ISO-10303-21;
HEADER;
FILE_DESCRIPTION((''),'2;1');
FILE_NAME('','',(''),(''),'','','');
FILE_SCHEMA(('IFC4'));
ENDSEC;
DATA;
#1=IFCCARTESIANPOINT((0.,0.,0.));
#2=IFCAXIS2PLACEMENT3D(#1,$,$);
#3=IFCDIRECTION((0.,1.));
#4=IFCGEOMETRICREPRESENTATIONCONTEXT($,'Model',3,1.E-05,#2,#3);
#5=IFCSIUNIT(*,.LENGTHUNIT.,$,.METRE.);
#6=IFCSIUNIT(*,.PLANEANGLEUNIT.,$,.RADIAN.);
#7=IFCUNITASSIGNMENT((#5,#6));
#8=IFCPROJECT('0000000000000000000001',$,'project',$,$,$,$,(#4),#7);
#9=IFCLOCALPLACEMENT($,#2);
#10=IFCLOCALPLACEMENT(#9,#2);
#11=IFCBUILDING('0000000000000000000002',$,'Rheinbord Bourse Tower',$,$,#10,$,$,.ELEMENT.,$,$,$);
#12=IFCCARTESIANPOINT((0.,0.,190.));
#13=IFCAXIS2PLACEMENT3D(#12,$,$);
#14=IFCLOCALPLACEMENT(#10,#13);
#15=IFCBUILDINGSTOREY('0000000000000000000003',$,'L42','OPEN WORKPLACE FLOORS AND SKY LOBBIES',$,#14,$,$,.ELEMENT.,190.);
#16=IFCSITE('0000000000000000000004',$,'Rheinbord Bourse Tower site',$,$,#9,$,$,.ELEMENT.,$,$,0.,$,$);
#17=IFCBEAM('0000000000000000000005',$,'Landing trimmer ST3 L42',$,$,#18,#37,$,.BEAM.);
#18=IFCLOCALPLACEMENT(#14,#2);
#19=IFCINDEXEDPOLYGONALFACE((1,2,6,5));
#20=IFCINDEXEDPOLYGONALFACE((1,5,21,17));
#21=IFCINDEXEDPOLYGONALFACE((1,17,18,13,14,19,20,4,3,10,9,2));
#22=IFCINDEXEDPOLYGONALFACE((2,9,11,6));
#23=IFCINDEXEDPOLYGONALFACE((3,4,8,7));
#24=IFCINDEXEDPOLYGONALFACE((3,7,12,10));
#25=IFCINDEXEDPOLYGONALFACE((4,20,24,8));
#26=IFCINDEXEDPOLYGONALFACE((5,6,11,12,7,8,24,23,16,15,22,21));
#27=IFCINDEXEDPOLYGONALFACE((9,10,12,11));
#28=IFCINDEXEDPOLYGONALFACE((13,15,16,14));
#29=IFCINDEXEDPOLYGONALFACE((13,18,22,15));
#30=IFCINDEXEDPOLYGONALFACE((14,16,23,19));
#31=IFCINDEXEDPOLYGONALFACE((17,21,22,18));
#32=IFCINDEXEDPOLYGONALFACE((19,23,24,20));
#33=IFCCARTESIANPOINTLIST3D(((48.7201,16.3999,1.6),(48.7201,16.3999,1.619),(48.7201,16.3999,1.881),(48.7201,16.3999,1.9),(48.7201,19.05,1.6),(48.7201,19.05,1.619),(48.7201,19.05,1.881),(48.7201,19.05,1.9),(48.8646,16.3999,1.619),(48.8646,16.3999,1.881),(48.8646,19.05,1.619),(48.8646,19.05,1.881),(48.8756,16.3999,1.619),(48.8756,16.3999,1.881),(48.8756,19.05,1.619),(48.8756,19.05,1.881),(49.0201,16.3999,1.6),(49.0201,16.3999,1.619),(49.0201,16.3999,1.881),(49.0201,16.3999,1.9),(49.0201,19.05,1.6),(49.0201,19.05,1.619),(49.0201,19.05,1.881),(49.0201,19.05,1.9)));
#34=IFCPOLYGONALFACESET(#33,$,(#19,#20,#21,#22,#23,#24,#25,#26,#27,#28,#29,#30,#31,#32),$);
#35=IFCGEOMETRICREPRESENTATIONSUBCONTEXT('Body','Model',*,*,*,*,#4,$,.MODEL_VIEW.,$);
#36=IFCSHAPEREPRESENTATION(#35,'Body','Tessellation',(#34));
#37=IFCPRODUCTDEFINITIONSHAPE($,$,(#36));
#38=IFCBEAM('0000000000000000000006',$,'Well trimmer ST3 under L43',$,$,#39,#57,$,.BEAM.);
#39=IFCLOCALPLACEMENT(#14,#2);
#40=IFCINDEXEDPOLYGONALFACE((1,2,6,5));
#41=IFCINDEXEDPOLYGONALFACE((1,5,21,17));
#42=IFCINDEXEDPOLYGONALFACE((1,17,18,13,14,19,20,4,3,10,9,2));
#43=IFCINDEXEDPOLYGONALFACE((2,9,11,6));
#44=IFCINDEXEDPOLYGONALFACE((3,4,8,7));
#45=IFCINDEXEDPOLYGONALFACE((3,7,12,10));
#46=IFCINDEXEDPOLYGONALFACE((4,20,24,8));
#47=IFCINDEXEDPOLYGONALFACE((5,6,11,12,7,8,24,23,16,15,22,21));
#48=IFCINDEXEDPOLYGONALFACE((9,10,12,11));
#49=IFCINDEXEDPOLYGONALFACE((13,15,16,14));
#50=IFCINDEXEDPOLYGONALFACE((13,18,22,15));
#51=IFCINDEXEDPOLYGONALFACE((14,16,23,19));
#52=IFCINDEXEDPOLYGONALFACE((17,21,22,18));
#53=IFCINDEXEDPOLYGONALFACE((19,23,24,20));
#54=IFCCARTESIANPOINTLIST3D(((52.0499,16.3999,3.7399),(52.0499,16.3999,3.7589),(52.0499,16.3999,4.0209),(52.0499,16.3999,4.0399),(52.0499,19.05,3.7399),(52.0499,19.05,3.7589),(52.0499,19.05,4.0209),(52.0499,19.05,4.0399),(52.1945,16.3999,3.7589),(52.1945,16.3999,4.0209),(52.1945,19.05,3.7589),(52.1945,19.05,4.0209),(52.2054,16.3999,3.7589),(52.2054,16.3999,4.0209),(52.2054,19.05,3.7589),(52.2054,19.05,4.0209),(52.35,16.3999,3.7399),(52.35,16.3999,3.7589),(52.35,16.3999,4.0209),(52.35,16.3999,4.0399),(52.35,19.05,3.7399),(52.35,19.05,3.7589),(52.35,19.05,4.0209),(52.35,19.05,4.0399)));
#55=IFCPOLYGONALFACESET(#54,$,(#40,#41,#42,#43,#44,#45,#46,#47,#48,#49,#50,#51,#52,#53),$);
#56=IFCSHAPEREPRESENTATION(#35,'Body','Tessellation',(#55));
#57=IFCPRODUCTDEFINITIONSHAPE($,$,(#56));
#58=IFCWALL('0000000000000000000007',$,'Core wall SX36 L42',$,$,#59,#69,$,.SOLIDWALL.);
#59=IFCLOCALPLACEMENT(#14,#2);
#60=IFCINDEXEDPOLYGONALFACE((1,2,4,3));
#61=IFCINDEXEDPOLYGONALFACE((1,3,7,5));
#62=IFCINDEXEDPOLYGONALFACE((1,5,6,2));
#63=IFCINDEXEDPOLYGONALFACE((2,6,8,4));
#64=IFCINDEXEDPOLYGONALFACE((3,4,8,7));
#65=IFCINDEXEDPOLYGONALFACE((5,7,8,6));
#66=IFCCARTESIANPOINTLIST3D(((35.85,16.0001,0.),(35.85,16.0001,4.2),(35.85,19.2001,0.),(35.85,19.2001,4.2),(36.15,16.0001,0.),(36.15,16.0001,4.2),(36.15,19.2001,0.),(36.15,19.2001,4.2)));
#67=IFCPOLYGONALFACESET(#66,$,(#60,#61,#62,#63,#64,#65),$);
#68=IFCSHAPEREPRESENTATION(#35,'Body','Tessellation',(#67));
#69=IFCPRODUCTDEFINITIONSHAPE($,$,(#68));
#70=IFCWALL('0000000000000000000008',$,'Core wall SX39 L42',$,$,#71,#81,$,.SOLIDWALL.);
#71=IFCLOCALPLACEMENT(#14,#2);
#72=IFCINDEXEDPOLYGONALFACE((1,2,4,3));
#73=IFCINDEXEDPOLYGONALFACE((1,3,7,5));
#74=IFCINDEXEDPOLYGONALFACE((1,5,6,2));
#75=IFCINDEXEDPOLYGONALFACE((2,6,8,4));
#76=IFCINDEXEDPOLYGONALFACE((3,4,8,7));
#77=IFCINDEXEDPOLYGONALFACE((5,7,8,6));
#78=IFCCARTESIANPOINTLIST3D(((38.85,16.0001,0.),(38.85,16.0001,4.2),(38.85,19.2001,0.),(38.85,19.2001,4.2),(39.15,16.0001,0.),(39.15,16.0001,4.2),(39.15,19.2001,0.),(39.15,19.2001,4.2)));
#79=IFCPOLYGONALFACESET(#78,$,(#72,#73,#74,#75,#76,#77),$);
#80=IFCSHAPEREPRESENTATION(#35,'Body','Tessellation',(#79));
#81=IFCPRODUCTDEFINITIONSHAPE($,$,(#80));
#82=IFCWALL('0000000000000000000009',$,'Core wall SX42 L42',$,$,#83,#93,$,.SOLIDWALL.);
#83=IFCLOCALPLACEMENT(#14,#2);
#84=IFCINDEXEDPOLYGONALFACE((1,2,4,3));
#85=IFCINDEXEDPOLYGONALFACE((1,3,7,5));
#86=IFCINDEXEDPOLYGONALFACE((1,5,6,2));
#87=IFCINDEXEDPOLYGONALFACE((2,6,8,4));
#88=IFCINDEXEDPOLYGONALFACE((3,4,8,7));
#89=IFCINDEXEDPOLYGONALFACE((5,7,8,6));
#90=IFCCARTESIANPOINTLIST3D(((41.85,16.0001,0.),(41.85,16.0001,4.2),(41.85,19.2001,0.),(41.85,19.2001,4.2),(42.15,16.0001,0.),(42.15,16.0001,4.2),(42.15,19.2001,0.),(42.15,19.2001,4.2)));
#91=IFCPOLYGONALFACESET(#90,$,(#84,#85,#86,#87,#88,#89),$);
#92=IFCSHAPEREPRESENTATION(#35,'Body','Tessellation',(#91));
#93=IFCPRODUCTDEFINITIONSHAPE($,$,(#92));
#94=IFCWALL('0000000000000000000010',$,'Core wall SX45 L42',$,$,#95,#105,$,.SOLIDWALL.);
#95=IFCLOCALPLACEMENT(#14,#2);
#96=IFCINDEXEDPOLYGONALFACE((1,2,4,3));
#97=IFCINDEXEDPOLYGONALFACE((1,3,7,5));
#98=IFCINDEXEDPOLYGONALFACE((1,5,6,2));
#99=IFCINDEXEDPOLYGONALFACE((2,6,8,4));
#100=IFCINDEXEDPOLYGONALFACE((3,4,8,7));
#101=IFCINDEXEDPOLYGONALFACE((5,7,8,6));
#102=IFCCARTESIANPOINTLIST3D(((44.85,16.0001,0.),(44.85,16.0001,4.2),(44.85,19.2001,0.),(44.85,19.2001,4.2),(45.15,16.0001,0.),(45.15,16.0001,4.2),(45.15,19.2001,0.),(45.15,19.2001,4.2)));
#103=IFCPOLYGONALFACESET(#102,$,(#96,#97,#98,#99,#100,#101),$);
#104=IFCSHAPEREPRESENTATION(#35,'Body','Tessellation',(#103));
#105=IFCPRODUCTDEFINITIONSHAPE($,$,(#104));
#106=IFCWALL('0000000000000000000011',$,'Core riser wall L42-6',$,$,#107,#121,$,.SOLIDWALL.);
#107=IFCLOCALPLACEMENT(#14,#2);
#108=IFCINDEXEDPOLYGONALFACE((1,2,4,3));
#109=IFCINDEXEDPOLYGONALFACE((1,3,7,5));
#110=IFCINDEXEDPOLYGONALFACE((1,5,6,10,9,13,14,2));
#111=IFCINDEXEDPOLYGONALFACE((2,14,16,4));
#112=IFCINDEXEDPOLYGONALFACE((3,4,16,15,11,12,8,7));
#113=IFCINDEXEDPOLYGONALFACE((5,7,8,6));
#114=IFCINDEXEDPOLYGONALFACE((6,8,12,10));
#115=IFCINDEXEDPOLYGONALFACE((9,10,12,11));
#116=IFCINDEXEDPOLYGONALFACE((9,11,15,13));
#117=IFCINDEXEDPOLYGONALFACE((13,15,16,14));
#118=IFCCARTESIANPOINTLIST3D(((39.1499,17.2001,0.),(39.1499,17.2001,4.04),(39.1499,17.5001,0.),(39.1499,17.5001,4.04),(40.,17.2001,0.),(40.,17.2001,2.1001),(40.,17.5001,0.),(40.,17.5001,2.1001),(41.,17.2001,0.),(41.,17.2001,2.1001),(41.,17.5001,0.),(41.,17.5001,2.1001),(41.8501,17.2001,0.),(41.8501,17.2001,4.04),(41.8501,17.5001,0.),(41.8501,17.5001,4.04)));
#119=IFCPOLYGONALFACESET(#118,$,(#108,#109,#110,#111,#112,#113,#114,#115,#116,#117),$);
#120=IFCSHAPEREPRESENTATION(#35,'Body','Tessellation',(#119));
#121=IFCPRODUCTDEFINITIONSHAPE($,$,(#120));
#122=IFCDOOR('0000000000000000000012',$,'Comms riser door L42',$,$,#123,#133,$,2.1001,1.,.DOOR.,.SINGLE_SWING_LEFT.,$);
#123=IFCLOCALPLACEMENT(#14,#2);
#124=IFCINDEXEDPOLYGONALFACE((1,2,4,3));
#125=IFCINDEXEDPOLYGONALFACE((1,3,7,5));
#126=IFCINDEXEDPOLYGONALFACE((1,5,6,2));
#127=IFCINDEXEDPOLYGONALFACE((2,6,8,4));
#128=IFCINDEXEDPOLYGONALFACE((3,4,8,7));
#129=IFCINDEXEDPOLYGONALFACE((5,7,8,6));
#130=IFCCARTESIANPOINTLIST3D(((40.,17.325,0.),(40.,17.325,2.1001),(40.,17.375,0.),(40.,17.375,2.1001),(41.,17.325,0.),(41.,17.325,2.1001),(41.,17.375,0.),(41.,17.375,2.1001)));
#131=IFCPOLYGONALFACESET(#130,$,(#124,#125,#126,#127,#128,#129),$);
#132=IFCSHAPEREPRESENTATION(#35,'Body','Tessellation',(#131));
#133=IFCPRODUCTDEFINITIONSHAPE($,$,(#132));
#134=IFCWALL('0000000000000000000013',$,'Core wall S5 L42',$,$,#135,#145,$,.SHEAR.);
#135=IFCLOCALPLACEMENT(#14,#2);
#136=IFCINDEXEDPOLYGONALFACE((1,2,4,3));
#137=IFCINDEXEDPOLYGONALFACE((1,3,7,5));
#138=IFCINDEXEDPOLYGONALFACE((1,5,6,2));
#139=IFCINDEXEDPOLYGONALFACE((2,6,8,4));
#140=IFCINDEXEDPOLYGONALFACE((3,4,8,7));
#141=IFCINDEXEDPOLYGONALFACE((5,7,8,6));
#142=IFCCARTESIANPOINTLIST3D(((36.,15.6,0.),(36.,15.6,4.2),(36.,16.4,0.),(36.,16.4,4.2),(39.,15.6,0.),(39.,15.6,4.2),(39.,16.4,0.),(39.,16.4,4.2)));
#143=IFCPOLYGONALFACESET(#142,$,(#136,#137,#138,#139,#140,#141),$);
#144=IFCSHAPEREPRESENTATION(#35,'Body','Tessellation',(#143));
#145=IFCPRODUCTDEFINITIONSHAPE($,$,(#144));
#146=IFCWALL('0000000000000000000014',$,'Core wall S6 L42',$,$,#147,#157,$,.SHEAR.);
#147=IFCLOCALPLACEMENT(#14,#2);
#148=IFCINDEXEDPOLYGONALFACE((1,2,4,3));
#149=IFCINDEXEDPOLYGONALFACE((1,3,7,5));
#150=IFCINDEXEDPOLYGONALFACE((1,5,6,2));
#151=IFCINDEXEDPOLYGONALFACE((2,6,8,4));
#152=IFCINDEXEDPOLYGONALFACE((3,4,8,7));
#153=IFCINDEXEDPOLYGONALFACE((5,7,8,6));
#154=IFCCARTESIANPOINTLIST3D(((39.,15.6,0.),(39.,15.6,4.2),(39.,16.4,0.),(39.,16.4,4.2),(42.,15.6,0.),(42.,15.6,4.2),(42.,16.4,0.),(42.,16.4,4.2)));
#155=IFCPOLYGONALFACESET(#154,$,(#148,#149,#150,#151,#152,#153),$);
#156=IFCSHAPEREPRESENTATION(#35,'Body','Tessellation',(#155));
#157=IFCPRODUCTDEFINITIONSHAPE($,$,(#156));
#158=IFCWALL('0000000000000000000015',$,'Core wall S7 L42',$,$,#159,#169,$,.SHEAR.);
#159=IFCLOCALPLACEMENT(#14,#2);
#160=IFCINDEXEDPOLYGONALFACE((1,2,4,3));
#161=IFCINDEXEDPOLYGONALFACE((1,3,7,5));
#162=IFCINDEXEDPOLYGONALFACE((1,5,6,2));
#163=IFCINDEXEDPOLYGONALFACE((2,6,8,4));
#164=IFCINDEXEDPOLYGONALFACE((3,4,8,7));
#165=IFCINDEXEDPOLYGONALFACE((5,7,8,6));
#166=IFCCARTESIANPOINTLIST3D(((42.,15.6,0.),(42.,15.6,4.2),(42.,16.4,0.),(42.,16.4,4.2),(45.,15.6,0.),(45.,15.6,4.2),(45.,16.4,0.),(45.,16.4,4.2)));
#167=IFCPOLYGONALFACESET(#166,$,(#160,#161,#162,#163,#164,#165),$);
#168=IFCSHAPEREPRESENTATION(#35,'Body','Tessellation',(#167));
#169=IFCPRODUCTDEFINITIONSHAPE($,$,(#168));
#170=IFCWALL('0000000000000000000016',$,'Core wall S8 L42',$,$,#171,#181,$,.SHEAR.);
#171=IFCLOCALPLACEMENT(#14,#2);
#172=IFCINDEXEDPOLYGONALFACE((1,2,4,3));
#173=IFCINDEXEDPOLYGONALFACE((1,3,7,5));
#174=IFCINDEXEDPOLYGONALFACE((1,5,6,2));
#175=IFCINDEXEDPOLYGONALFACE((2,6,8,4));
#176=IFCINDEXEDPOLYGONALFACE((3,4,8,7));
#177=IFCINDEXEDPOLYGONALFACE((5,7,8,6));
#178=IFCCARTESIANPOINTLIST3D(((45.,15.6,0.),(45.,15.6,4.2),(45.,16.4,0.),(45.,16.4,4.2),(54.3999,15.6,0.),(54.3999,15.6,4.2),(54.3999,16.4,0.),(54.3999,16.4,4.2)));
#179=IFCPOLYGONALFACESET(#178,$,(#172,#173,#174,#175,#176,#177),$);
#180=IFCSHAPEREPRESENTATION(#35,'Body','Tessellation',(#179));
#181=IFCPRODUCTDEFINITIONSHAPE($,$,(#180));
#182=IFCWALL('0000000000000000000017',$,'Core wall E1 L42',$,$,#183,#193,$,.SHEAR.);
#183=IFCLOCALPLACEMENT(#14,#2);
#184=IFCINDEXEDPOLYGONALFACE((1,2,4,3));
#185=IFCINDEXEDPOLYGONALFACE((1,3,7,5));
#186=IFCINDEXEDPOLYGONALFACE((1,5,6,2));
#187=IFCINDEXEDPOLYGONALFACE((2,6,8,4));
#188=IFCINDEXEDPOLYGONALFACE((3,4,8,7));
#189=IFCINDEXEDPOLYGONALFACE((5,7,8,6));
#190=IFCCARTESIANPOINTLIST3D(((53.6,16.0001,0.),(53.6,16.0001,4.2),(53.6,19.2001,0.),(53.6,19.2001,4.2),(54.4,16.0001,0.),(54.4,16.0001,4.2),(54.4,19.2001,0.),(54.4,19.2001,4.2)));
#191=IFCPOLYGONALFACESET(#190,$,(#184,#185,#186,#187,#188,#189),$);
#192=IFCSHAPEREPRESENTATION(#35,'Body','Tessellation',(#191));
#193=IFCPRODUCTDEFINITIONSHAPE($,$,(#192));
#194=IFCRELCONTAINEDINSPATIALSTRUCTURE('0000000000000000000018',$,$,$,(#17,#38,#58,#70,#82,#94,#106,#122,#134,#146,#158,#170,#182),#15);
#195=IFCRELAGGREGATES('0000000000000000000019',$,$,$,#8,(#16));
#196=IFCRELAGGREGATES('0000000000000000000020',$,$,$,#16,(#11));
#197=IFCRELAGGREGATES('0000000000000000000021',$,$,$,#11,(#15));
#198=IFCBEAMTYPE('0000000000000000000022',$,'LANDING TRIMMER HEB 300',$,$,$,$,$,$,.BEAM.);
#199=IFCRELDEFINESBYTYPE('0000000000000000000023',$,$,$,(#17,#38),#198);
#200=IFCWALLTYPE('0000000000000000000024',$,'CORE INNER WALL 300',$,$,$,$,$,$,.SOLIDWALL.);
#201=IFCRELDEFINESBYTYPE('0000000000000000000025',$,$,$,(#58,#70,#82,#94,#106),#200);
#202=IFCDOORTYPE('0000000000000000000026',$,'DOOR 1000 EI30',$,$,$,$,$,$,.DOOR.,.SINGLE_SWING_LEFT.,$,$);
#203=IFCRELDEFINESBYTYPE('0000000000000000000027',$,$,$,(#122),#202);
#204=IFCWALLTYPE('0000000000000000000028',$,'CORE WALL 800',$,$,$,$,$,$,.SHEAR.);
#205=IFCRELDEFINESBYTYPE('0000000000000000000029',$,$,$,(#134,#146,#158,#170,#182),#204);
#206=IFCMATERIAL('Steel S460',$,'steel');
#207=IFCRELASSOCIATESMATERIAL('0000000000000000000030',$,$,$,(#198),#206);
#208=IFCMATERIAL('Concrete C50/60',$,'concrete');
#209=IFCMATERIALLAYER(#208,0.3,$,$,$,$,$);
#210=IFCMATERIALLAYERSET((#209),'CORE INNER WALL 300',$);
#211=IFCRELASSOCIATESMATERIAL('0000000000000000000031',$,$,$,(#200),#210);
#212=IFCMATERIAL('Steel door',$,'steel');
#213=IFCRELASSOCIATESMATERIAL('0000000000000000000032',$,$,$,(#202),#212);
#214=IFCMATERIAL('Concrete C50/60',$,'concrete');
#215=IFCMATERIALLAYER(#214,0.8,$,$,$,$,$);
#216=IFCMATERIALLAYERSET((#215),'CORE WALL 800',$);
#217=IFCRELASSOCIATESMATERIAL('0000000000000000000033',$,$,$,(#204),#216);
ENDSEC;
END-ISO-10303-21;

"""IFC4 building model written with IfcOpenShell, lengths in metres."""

from ifc_helpers import new_model, si_unit, direction, frame, frame_2d, origin, origin_2d, place, context, subcontext, project, spatial, rectangle, i_section, extrude, material, layer, layer_set, material_profile, profile_set, type_object, element, fill, save


model = new_model("IFC4")

# Units and contexts
model_context = context("Model", 3, precision=1e-05, world=origin(), true_north=direction((0.0, 1.0)))
body_context = subcontext(model_context, "Body", "Model", "MODEL_VIEW")
ifc_project = project(units=[si_unit("LENGTHUNIT", "METRE"), si_unit("PLANEANGLEUNIT", "RADIAN")], contexts=[model_context])

# Site, building, storey
site_placement = place(None, origin())
site = spatial("IfcSite", under=ifc_project, at=site_placement, Name="Rheinbord Bourse Tower site", CompositionType="ELEMENT", RefElevation=0.0)
building_placement = place(site_placement, origin())
building = spatial("IfcBuilding", under=site, at=building_placement, Name="Rheinbord Bourse Tower", CompositionType="ELEMENT")
storey_placement = place(building_placement, frame((0.0, 0.0, 190.0)))
storey = spatial("IfcBuildingStorey", under=building, at=storey_placement, Name="L42", Description="OPEN WORKPLACE FLOORS AND SKY LOBBIES", CompositionType="ELEMENT", Elevation=190.0)

# Beams
ifc_material_1 = material(Name="Steel S460", Category="steel")
ifc_material_profile = material_profile(ifc_material_1, i_section(OverallWidth=0.3, OverallDepth=0.3, WebThickness=0.011, FlangeThickness=0.019, at=origin_2d()), Name="HEB 300")
ifc_profile_set = profile_set([ifc_material_profile], Name="Steel S460")
beam_type = type_object("IfcBeamType", Name="LANDING TRIMMER HEB 300", PredefinedType="BEAM", material=ifc_profile_set)
for number, where, z_axis, x_axis, name in (
    (1, (48.8701, 16.3999, 1.75), (0.0, 1.0, 0.0), (-1.0, 0.0, 0.0), "Landing trimmer ST3 L42"),
    (2, (52.2, 16.3999, 3.8899), (0.0, 1.0, 0.0), (-1.0, 0.0, 0.0), "Well trimmer ST3 under L43"),
):
    element("IfcBeam", number, at=place(storey_placement, frame(where, z_axis=z_axis, x_axis=x_axis)), inside=storey, type_object=beam_type, Name=name, PredefinedType="BEAM", context=body_context, shape_type="SweptSolid", body=[
        extrude(i_section(OverallWidth=0.3, OverallDepth=0.3, WebThickness=0.011, FlangeThickness=0.019, at=origin_2d()), origin(), (0.0, 0.0, 1.0), 2.6501),
    ])

# Walls
ifc_material_2 = material(Name="Concrete C50/60", Category="concrete")
ifc_layer_1 = layer(ifc_material_2, 0.3)
ifc_layer_set_1 = layer_set([ifc_layer_1], Name="CORE INNER WALL 300")
wall_type_1 = type_object("IfcWallType", Name="CORE INNER WALL 300", PredefinedType="SOLIDWALL", material=ifc_layer_set_1)
for number, where, z_axis, x_axis, name in (
    (3, (36.0, 16.0, 0.0), (0.0, 0.0, 1.0), (0.0, 1.0, 0.0), "Core wall SX36 L42"),
    (4, (39.0, 16.0, 0.0), (0.0, 0.0, 1.0), (0.0, 1.0, 0.0), "Core wall SX39 L42"),
    (5, (42.0, 16.0, 0.0), (0.0, 0.0, 1.0), (0.0, 1.0, 0.0), "Core wall SX42 L42"),
    (6, (45.0, 16.0, 0.0), (0.0, 0.0, 1.0), (0.0, 1.0, 0.0), "Core wall SX45 L42"),
):
    element("IfcWall", number, at=place(storey_placement, frame(where, z_axis=z_axis, x_axis=x_axis)), inside=storey, type_object=wall_type_1, Name=name, PredefinedType="SOLIDWALL", context=body_context, shape_type="SweptSolid", body=[
        extrude(rectangle(XDim=3.2, YDim=0.3, at=frame_2d((1.6001, 0.0))), origin(), (0.0, 0.0, 1.0), 4.2),
    ])

# Wall, opening, door
wall_1_placement = place(storey_placement, frame((39.1499, 17.3501, 0.0), z_axis=(0.0, 0.0, 1.0), x_axis=(1.0, 0.0, 0.0)))
wall_1 = element("IfcWall", 7, at=wall_1_placement, inside=storey, type_object=wall_type_1, Name="Core riser wall L42-6", PredefinedType="SOLIDWALL", context=body_context, shape_type="SweptSolid", body=[
    extrude(rectangle(XDim=2.7002, YDim=0.3, at=frame_2d((1.3501, 0.0))), origin(), (0.0, 0.0, 1.0), 4.04),
])
opening_1_placement = place(wall_1_placement, frame((0.8501, 0.0, 0.0)))
opening_1 = element("IfcOpeningElement", 8, at=opening_1_placement, cuts=wall_1, PredefinedType="OPENING", context=body_context, shape_type="SweptSolid", body=[
    extrude(rectangle(XDim=1.0, YDim=2.1001, at=frame_2d((0.5, 1.05))), frame((0.0, 0.1599, 0.0), z_axis=(0.0, -1.0, 0.0), x_axis=(1.0, 0.0, 0.0)), (0.0, 0.0, 1.0), 0.3201),
])
ifc_material_3 = material(Name="Steel door", Category="steel")
door_type_1 = type_object("IfcDoorType", Name="DOOR 1000 EI30", OperationType="SINGLE_SWING_LEFT", PredefinedType="DOOR", material=ifc_material_3)
door_1_placement = place(opening_1_placement, origin())
door_1 = element("IfcDoor", 9, at=door_1_placement, inside=storey, type_object=door_type_1, Name="Comms riser door L42", OperationType="SINGLE_SWING_LEFT", OverallHeight=2.1001, OverallWidth=1.0, PredefinedType="DOOR", context=body_context, shape_type="SweptSolid", body=[
    extrude(rectangle(XDim=1.0, YDim=2.1001, at=frame_2d((0.5, 1.05))), frame((0.0, 0.0249, 0.0), z_axis=(0.0, -1.0, 0.0), x_axis=(1.0, 0.0, 0.0)), (0.0, 0.0, 1.0), 0.05),
])
fill(opening_1, door_1)

# Walls
ifc_material_4 = material(Name="Concrete C50/60", Category="concrete")
ifc_layer_2 = layer(ifc_material_4, 0.8)
ifc_layer_set_2 = layer_set([ifc_layer_2], Name="CORE WALL 800")
wall_type_2 = type_object("IfcWallType", Name="CORE WALL 800", PredefinedType="SHEAR", material=ifc_layer_set_2)
for number, where, z_axis, x_axis, name in (
    (10, (36.0, 16.0, 0.0), (0.0, 0.0, 1.0), (1.0, 0.0, 0.0), "Core wall S5 L42"),
    (11, (39.0, 16.0, 0.0), (0.0, 0.0, 1.0), (1.0, 0.0, 0.0), "Core wall S6 L42"),
    (12, (42.0, 16.0, 0.0), (0.0, 0.0, 1.0), (1.0, 0.0, 0.0), "Core wall S7 L42"),
):
    element("IfcWall", number, at=place(storey_placement, frame(where, z_axis=z_axis, x_axis=x_axis)), inside=storey, type_object=wall_type_2, Name=name, PredefinedType="SHEAR", context=body_context, shape_type="SweptSolid", body=[
        extrude(rectangle(XDim=3.0, YDim=0.8, at=frame_2d((1.5, 0.0))), origin(), (0.0, 0.0, 1.0), 4.2),
    ])
wall_2_placement = place(storey_placement, frame((45.0, 16.0, 0.0), z_axis=(0.0, 0.0, 1.0), x_axis=(1.0, 0.0, 0.0)))
element("IfcWall", 13, at=wall_2_placement, inside=storey, type_object=wall_type_2, Name="Core wall S8 L42", PredefinedType="SHEAR", context=body_context, shape_type="SweptSolid", body=[
    extrude(rectangle(XDim=9.3999, YDim=0.8, at=frame_2d((4.7, 0.0))), origin(), (0.0, 0.0, 1.0), 4.2),
])
wall_3_placement = place(storey_placement, frame((54.0, 16.0, 0.0), z_axis=(0.0, 0.0, 1.0), x_axis=(0.0, 1.0, 0.0)))
element("IfcWall", 14, at=wall_3_placement, inside=storey, type_object=wall_type_2, Name="Core wall E1 L42", PredefinedType="SHEAR", context=body_context, shape_type="SweptSolid", body=[
    extrude(rectangle(XDim=3.2, YDim=0.8, at=frame_2d((1.6001, 0.0))), origin(), (0.0, 0.0, 1.0), 4.2),
])

save(model, "model.ifc")
